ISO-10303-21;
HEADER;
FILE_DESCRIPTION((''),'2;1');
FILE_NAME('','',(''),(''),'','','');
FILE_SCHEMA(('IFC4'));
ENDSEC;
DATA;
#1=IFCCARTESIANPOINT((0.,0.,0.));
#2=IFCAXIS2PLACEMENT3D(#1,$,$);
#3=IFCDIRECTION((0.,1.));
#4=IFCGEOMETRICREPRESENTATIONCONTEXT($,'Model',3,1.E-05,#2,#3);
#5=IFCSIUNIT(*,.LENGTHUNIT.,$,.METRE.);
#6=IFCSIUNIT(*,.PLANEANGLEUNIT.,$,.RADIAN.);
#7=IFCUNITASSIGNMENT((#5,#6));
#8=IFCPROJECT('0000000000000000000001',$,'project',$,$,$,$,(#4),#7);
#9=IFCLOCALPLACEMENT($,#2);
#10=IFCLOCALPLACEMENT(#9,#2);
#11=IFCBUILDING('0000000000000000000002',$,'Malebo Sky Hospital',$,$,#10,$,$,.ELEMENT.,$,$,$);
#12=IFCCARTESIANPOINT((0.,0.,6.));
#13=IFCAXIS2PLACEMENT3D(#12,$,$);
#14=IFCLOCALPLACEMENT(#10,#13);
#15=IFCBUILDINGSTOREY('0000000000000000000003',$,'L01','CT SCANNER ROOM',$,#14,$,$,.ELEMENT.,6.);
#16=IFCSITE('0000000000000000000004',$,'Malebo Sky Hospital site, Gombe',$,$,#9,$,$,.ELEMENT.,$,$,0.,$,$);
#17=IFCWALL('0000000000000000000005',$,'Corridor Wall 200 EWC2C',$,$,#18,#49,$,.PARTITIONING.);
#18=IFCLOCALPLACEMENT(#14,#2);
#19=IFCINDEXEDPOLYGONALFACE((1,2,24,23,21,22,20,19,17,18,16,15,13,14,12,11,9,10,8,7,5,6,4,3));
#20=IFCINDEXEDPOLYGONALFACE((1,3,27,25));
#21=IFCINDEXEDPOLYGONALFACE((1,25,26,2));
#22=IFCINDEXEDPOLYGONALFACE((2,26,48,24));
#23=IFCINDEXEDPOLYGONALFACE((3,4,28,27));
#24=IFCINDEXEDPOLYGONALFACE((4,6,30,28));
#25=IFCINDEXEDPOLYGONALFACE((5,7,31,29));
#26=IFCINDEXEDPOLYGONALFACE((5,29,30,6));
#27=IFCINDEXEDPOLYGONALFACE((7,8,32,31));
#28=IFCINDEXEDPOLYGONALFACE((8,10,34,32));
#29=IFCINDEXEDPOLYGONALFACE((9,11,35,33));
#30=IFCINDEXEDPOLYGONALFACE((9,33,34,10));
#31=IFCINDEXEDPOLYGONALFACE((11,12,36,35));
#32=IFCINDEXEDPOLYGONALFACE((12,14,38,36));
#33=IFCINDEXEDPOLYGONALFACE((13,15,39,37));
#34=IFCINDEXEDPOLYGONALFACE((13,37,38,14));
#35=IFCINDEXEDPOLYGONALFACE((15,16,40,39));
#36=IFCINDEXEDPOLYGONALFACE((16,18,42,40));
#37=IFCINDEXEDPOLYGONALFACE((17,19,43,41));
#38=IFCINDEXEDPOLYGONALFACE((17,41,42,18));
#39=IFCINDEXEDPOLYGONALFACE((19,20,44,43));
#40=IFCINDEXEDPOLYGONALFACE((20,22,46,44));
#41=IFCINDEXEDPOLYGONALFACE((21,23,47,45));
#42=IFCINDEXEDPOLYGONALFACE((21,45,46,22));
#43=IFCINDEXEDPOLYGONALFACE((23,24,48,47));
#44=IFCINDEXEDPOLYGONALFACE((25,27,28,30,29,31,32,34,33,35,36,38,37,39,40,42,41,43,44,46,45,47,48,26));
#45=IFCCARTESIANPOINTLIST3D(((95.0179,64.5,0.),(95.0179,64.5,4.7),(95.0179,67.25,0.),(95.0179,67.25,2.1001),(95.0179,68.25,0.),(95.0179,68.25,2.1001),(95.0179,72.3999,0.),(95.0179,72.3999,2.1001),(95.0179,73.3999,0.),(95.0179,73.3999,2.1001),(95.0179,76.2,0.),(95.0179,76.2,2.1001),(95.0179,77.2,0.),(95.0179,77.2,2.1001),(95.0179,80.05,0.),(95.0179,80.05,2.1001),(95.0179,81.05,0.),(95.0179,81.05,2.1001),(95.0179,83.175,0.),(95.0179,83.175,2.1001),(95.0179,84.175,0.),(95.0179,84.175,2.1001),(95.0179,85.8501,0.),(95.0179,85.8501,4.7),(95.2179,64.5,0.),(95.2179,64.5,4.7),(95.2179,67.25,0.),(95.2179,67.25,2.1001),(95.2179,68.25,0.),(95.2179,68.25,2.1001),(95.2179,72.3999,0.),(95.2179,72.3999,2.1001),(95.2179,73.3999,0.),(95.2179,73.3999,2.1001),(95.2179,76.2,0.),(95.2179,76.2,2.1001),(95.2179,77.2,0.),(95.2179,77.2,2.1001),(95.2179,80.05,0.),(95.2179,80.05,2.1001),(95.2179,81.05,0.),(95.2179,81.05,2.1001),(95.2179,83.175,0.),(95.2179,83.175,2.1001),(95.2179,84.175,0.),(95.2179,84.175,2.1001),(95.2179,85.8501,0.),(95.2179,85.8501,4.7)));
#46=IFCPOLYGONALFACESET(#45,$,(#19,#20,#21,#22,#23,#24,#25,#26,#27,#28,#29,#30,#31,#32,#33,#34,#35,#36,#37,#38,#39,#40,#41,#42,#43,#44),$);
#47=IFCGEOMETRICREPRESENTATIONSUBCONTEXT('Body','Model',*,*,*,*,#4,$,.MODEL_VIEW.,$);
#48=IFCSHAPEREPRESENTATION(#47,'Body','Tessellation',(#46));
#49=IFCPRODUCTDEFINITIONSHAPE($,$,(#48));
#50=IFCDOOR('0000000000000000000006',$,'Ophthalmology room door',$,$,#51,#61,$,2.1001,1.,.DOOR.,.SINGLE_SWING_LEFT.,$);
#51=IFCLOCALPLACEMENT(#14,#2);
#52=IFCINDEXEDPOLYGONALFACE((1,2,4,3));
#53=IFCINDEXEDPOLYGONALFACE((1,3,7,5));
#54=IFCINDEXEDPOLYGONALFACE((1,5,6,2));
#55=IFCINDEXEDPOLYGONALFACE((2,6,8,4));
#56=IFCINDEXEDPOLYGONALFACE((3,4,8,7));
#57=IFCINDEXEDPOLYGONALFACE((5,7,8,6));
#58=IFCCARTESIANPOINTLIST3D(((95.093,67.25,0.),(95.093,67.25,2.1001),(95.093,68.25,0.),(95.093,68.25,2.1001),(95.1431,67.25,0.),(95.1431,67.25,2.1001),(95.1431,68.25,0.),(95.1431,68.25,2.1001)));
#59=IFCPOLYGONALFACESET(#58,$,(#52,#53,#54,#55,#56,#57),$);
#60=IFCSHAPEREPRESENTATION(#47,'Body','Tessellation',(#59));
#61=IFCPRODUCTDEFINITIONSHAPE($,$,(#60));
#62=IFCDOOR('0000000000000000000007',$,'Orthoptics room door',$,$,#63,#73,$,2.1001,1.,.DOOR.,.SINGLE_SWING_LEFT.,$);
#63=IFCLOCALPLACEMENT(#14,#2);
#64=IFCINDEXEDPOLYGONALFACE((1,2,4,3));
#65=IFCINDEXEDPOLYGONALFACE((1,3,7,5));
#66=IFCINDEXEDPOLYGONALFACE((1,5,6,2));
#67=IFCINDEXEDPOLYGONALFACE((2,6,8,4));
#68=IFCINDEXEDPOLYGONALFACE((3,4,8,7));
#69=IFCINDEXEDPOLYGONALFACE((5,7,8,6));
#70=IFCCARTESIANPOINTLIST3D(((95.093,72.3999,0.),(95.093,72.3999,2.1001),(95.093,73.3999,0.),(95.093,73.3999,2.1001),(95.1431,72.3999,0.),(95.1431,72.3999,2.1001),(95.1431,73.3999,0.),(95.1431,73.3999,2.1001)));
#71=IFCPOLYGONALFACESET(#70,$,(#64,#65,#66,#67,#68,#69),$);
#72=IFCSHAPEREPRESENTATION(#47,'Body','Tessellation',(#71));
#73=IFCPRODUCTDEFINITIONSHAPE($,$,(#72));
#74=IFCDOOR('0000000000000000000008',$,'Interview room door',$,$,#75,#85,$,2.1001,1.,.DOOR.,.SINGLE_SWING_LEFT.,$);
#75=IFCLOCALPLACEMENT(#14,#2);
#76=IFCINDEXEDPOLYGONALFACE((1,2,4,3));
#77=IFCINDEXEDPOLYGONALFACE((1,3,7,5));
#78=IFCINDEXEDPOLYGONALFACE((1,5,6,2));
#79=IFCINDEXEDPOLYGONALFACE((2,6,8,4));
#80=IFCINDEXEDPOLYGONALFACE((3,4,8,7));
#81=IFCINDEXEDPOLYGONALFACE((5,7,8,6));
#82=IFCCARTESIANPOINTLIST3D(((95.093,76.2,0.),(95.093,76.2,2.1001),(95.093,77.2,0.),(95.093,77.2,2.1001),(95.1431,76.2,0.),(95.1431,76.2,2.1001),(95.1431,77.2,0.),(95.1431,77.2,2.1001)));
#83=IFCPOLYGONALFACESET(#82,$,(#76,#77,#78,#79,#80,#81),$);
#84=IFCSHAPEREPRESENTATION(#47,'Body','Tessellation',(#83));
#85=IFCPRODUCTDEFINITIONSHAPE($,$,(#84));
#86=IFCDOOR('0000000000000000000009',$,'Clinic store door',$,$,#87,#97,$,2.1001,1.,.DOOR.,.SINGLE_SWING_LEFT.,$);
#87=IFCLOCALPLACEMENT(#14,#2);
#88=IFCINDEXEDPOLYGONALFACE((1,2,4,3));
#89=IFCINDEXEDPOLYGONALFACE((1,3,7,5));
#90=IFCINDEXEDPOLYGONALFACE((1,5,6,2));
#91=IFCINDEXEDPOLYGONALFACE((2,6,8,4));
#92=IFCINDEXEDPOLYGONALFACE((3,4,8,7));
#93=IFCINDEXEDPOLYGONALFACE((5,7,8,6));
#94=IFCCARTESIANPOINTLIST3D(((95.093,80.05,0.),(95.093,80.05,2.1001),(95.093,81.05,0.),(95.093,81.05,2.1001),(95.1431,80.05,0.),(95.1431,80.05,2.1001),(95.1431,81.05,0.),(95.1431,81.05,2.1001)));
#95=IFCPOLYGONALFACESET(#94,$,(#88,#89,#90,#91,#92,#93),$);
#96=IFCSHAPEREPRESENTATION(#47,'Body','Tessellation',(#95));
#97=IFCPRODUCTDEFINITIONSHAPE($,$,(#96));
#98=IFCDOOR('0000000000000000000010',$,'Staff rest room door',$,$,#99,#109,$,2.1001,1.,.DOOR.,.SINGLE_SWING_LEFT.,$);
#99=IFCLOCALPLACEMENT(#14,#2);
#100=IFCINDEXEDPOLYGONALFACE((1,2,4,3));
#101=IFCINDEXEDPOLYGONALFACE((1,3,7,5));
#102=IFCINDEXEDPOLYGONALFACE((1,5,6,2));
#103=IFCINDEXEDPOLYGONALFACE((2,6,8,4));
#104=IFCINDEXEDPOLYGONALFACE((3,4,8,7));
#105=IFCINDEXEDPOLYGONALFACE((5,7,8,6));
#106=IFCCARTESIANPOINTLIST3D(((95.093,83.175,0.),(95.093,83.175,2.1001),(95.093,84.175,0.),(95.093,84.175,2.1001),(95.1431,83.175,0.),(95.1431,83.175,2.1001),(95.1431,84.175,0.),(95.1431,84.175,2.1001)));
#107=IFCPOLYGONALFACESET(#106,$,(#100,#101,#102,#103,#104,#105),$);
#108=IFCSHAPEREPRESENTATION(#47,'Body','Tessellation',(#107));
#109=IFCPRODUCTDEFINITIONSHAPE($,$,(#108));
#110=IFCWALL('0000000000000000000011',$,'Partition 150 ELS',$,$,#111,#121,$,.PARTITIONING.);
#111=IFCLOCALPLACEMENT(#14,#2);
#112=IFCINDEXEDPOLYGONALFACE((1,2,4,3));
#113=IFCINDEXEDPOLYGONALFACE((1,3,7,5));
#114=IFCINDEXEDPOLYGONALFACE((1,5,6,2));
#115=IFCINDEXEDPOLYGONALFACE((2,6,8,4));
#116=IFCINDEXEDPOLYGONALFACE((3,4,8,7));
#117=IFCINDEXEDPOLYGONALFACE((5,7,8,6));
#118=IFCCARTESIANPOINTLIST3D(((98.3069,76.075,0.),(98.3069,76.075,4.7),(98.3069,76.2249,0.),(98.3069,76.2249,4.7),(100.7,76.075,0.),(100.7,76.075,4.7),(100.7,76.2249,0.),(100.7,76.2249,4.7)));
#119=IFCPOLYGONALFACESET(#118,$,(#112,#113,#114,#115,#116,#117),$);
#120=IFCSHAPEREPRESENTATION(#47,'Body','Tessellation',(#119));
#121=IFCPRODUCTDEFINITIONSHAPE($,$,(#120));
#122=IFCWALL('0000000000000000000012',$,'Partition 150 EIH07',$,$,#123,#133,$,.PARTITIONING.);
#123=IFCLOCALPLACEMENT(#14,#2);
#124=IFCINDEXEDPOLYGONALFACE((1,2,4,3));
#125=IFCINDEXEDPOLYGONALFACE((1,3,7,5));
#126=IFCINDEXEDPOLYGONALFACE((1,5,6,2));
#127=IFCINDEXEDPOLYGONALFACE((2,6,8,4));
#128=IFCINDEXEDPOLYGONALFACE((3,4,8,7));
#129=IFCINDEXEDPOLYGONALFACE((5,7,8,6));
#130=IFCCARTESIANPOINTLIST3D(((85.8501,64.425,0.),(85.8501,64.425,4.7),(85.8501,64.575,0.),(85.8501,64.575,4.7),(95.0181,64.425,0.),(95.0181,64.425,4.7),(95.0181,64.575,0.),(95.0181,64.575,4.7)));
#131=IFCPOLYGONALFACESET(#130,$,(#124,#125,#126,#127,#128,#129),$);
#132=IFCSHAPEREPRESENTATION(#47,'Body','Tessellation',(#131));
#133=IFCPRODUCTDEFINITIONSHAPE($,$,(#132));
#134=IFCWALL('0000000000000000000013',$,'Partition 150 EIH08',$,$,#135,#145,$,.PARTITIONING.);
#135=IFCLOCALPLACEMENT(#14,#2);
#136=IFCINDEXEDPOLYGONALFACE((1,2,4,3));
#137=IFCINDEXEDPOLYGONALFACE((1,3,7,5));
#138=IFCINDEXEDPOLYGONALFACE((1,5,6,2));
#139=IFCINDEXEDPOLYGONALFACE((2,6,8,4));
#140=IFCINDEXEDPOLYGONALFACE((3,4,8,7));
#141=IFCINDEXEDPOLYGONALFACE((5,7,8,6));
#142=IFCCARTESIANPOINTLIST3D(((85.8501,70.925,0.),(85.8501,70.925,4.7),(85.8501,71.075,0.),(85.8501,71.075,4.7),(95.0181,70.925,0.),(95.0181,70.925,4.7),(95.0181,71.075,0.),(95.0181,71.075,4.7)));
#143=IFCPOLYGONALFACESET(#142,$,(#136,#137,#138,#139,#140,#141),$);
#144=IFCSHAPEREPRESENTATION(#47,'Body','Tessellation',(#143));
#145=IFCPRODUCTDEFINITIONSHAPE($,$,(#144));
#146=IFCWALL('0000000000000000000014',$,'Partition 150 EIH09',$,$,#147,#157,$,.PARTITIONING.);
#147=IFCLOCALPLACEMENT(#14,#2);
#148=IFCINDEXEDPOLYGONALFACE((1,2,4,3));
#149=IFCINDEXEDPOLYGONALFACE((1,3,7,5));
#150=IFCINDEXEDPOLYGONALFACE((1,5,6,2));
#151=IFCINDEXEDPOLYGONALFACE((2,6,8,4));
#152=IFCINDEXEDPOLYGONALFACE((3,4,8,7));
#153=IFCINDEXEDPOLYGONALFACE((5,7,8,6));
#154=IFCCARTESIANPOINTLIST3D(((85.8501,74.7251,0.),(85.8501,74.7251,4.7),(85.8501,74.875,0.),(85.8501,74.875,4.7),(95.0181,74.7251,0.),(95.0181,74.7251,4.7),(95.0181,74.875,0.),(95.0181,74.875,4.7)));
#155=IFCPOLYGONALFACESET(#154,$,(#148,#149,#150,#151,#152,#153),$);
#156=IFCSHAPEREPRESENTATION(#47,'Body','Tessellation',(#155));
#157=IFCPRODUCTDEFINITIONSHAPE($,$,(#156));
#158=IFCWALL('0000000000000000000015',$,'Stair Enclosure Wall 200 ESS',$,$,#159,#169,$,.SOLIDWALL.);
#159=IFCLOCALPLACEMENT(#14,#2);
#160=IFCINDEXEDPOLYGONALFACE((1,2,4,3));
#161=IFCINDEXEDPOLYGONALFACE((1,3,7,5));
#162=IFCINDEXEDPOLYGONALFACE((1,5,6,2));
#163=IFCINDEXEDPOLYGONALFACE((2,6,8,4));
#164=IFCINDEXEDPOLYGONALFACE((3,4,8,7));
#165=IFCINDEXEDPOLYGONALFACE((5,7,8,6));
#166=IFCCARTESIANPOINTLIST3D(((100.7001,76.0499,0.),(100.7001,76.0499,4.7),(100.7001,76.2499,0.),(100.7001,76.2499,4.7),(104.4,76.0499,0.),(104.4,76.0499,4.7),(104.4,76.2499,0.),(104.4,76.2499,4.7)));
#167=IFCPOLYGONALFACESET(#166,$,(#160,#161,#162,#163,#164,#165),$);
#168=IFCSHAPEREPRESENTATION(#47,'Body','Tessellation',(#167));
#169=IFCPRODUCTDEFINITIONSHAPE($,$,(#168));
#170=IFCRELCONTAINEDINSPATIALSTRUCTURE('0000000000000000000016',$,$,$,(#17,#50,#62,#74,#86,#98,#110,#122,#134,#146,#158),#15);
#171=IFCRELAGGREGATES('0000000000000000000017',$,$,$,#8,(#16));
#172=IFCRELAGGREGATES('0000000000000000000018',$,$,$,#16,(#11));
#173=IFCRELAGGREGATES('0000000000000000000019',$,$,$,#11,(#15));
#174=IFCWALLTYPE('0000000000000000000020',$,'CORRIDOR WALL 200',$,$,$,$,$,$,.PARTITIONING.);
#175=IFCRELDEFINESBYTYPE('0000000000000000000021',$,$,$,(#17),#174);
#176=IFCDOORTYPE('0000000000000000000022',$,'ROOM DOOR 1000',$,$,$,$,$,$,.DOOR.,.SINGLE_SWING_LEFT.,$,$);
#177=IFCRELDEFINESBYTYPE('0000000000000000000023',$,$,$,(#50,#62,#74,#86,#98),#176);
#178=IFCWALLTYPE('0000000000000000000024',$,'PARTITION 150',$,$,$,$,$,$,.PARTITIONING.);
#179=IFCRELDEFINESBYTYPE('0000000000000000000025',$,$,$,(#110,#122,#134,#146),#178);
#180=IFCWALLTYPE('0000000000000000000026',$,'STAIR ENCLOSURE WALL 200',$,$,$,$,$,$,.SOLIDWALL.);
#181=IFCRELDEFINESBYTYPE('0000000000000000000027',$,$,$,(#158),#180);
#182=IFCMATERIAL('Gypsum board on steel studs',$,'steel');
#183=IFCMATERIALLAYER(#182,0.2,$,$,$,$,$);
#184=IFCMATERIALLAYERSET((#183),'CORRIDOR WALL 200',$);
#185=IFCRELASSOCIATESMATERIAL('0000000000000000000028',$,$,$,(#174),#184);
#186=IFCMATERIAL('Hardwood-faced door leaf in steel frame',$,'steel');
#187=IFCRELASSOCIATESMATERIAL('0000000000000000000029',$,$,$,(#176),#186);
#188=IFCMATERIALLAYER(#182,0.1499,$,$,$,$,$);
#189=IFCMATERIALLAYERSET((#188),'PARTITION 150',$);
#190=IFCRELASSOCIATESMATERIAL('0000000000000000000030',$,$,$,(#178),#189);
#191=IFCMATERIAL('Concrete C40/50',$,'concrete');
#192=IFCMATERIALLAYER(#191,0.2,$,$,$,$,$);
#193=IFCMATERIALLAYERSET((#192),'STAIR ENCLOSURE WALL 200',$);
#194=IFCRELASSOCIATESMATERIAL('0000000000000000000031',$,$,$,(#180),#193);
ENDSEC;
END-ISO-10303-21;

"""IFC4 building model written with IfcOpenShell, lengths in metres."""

from ifc_helpers import new_model, si_unit, direction, frame, frame_2d, origin, place, context, subcontext, project, spatial, rectangle, extrude, material, layer, layer_set, type_object, element, fill, save


model = new_model("IFC4")

# Units and contexts
model_context = context("Model", 3, precision=1e-05, world=origin(), true_north=direction((0.0, 1.0)))
body_context = subcontext(model_context, "Body", "Model", "MODEL_VIEW")
ifc_project = project(units=[si_unit("LENGTHUNIT", "METRE"), si_unit("PLANEANGLEUNIT", "RADIAN")], contexts=[model_context])

# Site, building, storey
site_placement = place(None, origin())
site = spatial("IfcSite", under=ifc_project, at=site_placement, Name="Malebo Sky Hospital site, Gombe", CompositionType="ELEMENT", RefElevation=0.0)
building_placement = place(site_placement, origin())
building = spatial("IfcBuilding", under=site, at=building_placement, Name="Malebo Sky Hospital", CompositionType="ELEMENT")
storey_placement = place(building_placement, frame((0.0, 0.0, 6.0)))
storey = spatial("IfcBuildingStorey", under=building, at=storey_placement, Name="L01", Description="CT SCANNER ROOM", CompositionType="ELEMENT", Elevation=6.0)

# Wall, openings, doors
ifc_material_1 = material(Name="Gypsum board on steel studs", Category="steel")
ifc_layer_1 = layer(ifc_material_1, 0.2)
ifc_layer_set_1 = layer_set([ifc_layer_1], Name="CORRIDOR WALL 200")
wall_type_1 = type_object("IfcWallType", Name="CORRIDOR WALL 200", PredefinedType="PARTITIONING", material=ifc_layer_set_1)
wall_1_placement = place(storey_placement, frame((95.1179, 64.5, 0.0), z_axis=(0.0, 0.0, 1.0), x_axis=(0.0, 1.0, 0.0)))
wall_1 = element("IfcWall", 1, at=wall_1_placement, inside=storey, type_object=wall_type_1, Name="Corridor Wall 200 EWC2C", PredefinedType="PARTITIONING", context=body_context, shape_type="SweptSolid", body=[
    extrude(rectangle(XDim=21.3501, YDim=0.2, at=frame_2d((10.675, 0.0))), origin(), (0.0, 0.0, 1.0), 4.7),
])
opening_1_placement = place(wall_1_placement, frame((2.75, 0.0, 0.0)))
opening_1 = element("IfcOpeningElement", 2, at=opening_1_placement, cuts=wall_1, PredefinedType="OPENING", context=body_context, shape_type="SweptSolid", body=[
    extrude(rectangle(XDim=1.0, YDim=2.1001, at=frame_2d((0.5, 1.05))), frame((0.0, 0.1099, 0.0), z_axis=(0.0, -1.0, 0.0), x_axis=(1.0, 0.0, 0.0)), (0.0, 0.0, 1.0), 0.22),
])
opening_2_placement = place(wall_1_placement, frame((7.8999, 0.0, 0.0)))
opening_2 = element("IfcOpeningElement", 3, at=opening_2_placement, cuts=wall_1, PredefinedType="OPENING", context=body_context, shape_type="SweptSolid", body=[
    extrude(rectangle(XDim=1.0, YDim=2.1001, at=frame_2d((0.5, 1.05))), frame((0.0, 0.1099, 0.0), z_axis=(0.0, -1.0, 0.0), x_axis=(1.0, 0.0, 0.0)), (0.0, 0.0, 1.0), 0.22),
])
opening_3_placement = place(wall_1_placement, frame((11.7, 0.0, 0.0)))
opening_3 = element("IfcOpeningElement", 4, at=opening_3_placement, cuts=wall_1, PredefinedType="OPENING", context=body_context, shape_type="SweptSolid", body=[
    extrude(rectangle(XDim=1.0, YDim=2.1001, at=frame_2d((0.5, 1.05))), frame((0.0, 0.1099, 0.0), z_axis=(0.0, -1.0, 0.0), x_axis=(1.0, 0.0, 0.0)), (0.0, 0.0, 1.0), 0.22),
])
opening_4_placement = place(wall_1_placement, frame((15.55, 0.0, 0.0)))
opening_4 = element("IfcOpeningElement", 5, at=opening_4_placement, cuts=wall_1, PredefinedType="OPENING", context=body_context, shape_type="SweptSolid", body=[
    extrude(rectangle(XDim=1.0, YDim=2.1001, at=frame_2d((0.5, 1.05))), frame((0.0, 0.1099, 0.0), z_axis=(0.0, -1.0, 0.0), x_axis=(1.0, 0.0, 0.0)), (0.0, 0.0, 1.0), 0.22),
])
opening_5_placement = place(wall_1_placement, frame((18.675, 0.0, 0.0)))
opening_5 = element("IfcOpeningElement", 6, at=opening_5_placement, cuts=wall_1, PredefinedType="OPENING", context=body_context, shape_type="SweptSolid", body=[
    extrude(rectangle(XDim=1.0, YDim=2.1001, at=frame_2d((0.5, 1.05))), frame((0.0, 0.1099, 0.0), z_axis=(0.0, -1.0, 0.0), x_axis=(1.0, 0.0, 0.0)), (0.0, 0.0, 1.0), 0.22),
])
ifc_material_2 = material(Name="Hardwood-faced door leaf in steel frame", Category="steel")
door_type_1 = type_object("IfcDoorType", Name="ROOM DOOR 1000", OperationType="SINGLE_SWING_LEFT", PredefinedType="DOOR", material=ifc_material_2)
door_1_placement = place(opening_1_placement, origin())
door_1 = element("IfcDoor", 7, at=door_1_placement, inside=storey, type_object=door_type_1, Name="Ophthalmology room door", OperationType="SINGLE_SWING_LEFT", OverallHeight=2.1001, OverallWidth=1.0, PredefinedType="DOOR", context=body_context, shape_type="SweptSolid", body=[
    extrude(rectangle(XDim=1.0, YDim=2.1001, at=frame_2d((0.5, 1.05))), frame((0.0, 0.0249, 0.0), z_axis=(0.0, -1.0, 0.0), x_axis=(1.0, 0.0, 0.0)), (0.0, 0.0, 1.0), 0.05),
])
fill(opening_1, door_1)
door_2_placement = place(opening_2_placement, origin())
door_2 = element("IfcDoor", 8, at=door_2_placement, inside=storey, type_object=door_type_1, Name="Orthoptics room door", OperationType="SINGLE_SWING_LEFT", OverallHeight=2.1001, OverallWidth=1.0, PredefinedType="DOOR", context=body_context, shape_type="SweptSolid", body=[
    extrude(rectangle(XDim=1.0, YDim=2.1001, at=frame_2d((0.5, 1.05))), frame((0.0, 0.0249, 0.0), z_axis=(0.0, -1.0, 0.0), x_axis=(1.0, 0.0, 0.0)), (0.0, 0.0, 1.0), 0.05),
])
fill(opening_2, door_2)
door_3_placement = place(opening_3_placement, origin())
door_3 = element("IfcDoor", 9, at=door_3_placement, inside=storey, type_object=door_type_1, Name="Interview room door", OperationType="SINGLE_SWING_LEFT", OverallHeight=2.1001, OverallWidth=1.0, PredefinedType="DOOR", context=body_context, shape_type="SweptSolid", body=[
    extrude(rectangle(XDim=1.0, YDim=2.1001, at=frame_2d((0.5, 1.05))), frame((0.0, 0.0249, 0.0), z_axis=(0.0, -1.0, 0.0), x_axis=(1.0, 0.0, 0.0)), (0.0, 0.0, 1.0), 0.05),
])
fill(opening_3, door_3)
door_4_placement = place(opening_4_placement, origin())
door_4 = element("IfcDoor", 10, at=door_4_placement, inside=storey, type_object=door_type_1, Name="Clinic store door", OperationType="SINGLE_SWING_LEFT", OverallHeight=2.1001, OverallWidth=1.0, PredefinedType="DOOR", context=body_context, shape_type="SweptSolid", body=[
    extrude(rectangle(XDim=1.0, YDim=2.1001, at=frame_2d((0.5, 1.05))), frame((0.0, 0.0249, 0.0), z_axis=(0.0, -1.0, 0.0), x_axis=(1.0, 0.0, 0.0)), (0.0, 0.0, 1.0), 0.05),
])
fill(opening_4, door_4)
door_5_placement = place(opening_5_placement, origin())
door_5 = element("IfcDoor", 11, at=door_5_placement, inside=storey, type_object=door_type_1, Name="Staff rest room door", OperationType="SINGLE_SWING_LEFT", OverallHeight=2.1001, OverallWidth=1.0, PredefinedType="DOOR", context=body_context, shape_type="SweptSolid", body=[
    extrude(rectangle(XDim=1.0, YDim=2.1001, at=frame_2d((0.5, 1.05))), frame((0.0, 0.0249, 0.0), z_axis=(0.0, -1.0, 0.0), x_axis=(1.0, 0.0, 0.0)), (0.0, 0.0, 1.0), 0.05),
])
fill(opening_5, door_5)

# Walls
ifc_layer_2 = layer(ifc_material_1, 0.1499)
ifc_layer_set_2 = layer_set([ifc_layer_2], Name="PARTITION 150")
wall_type_2 = type_object("IfcWallType", Name="PARTITION 150", PredefinedType="PARTITIONING", material=ifc_layer_set_2)
wall_2_placement = place(storey_placement, frame((100.7, 76.1499, 0.0), z_axis=(0.0, 0.0, 1.0), x_axis=(-1.0, 0.0, 0.0)))
element("IfcWall", 12, at=wall_2_placement, inside=storey, type_object=wall_type_2, Name="Partition 150 ELS", PredefinedType="PARTITIONING", context=body_context, shape_type="SweptSolid", body=[
    extrude(rectangle(XDim=2.3931, YDim=0.1499, at=frame_2d((1.1965, 0.0))), origin(), (0.0, 0.0, 1.0), 4.7),
])
for number, where, z_axis, x_axis, name in (
    (13, (95.0181, 64.5, 0.0), (0.0, 0.0, 1.0), (-1.0, 0.0, 0.0), "Partition 150 EIH07"),
    (14, (95.0181, 71.0, 0.0), (0.0, 0.0, 1.0), (-1.0, 0.0, 0.0), "Partition 150 EIH08"),
    (15, (95.0181, 74.8, 0.0), (0.0, 0.0, 1.0), (-1.0, 0.0, 0.0), "Partition 150 EIH09"),
):
    element("IfcWall", number, at=place(storey_placement, frame(where, z_axis=z_axis, x_axis=x_axis)), inside=storey, type_object=wall_type_2, Name=name, PredefinedType="PARTITIONING", context=body_context, shape_type="SweptSolid", body=[
        extrude(rectangle(XDim=9.168, YDim=0.1499, at=frame_2d((4.584, 0.0))), origin(), (0.0, 0.0, 1.0), 4.7),
    ])
ifc_material_3 = material(Name="Concrete C40/50", Category="concrete")
ifc_layer_3 = layer(ifc_material_3, 0.2)
ifc_layer_set_3 = layer_set([ifc_layer_3], Name="STAIR ENCLOSURE WALL 200")
wall_type_3 = type_object("IfcWallType", Name="STAIR ENCLOSURE WALL 200", PredefinedType="SOLIDWALL", material=ifc_layer_set_3)
wall_3_placement = place(storey_placement, frame((100.7, 76.1499, 0.0), z_axis=(0.0, 0.0, 1.0), x_axis=(1.0, 0.0, 0.0)))
element("IfcWall", 16, at=wall_3_placement, inside=storey, type_object=wall_type_3, Name="Stair Enclosure Wall 200 ESS", PredefinedType="SOLIDWALL", context=body_context, shape_type="SweptSolid", body=[
    extrude(rectangle(XDim=3.7, YDim=0.2, at=frame_2d((1.8501, 0.0))), origin(), (0.0, 0.0, 1.0), 4.7),
])

save(model, "model.ifc")
